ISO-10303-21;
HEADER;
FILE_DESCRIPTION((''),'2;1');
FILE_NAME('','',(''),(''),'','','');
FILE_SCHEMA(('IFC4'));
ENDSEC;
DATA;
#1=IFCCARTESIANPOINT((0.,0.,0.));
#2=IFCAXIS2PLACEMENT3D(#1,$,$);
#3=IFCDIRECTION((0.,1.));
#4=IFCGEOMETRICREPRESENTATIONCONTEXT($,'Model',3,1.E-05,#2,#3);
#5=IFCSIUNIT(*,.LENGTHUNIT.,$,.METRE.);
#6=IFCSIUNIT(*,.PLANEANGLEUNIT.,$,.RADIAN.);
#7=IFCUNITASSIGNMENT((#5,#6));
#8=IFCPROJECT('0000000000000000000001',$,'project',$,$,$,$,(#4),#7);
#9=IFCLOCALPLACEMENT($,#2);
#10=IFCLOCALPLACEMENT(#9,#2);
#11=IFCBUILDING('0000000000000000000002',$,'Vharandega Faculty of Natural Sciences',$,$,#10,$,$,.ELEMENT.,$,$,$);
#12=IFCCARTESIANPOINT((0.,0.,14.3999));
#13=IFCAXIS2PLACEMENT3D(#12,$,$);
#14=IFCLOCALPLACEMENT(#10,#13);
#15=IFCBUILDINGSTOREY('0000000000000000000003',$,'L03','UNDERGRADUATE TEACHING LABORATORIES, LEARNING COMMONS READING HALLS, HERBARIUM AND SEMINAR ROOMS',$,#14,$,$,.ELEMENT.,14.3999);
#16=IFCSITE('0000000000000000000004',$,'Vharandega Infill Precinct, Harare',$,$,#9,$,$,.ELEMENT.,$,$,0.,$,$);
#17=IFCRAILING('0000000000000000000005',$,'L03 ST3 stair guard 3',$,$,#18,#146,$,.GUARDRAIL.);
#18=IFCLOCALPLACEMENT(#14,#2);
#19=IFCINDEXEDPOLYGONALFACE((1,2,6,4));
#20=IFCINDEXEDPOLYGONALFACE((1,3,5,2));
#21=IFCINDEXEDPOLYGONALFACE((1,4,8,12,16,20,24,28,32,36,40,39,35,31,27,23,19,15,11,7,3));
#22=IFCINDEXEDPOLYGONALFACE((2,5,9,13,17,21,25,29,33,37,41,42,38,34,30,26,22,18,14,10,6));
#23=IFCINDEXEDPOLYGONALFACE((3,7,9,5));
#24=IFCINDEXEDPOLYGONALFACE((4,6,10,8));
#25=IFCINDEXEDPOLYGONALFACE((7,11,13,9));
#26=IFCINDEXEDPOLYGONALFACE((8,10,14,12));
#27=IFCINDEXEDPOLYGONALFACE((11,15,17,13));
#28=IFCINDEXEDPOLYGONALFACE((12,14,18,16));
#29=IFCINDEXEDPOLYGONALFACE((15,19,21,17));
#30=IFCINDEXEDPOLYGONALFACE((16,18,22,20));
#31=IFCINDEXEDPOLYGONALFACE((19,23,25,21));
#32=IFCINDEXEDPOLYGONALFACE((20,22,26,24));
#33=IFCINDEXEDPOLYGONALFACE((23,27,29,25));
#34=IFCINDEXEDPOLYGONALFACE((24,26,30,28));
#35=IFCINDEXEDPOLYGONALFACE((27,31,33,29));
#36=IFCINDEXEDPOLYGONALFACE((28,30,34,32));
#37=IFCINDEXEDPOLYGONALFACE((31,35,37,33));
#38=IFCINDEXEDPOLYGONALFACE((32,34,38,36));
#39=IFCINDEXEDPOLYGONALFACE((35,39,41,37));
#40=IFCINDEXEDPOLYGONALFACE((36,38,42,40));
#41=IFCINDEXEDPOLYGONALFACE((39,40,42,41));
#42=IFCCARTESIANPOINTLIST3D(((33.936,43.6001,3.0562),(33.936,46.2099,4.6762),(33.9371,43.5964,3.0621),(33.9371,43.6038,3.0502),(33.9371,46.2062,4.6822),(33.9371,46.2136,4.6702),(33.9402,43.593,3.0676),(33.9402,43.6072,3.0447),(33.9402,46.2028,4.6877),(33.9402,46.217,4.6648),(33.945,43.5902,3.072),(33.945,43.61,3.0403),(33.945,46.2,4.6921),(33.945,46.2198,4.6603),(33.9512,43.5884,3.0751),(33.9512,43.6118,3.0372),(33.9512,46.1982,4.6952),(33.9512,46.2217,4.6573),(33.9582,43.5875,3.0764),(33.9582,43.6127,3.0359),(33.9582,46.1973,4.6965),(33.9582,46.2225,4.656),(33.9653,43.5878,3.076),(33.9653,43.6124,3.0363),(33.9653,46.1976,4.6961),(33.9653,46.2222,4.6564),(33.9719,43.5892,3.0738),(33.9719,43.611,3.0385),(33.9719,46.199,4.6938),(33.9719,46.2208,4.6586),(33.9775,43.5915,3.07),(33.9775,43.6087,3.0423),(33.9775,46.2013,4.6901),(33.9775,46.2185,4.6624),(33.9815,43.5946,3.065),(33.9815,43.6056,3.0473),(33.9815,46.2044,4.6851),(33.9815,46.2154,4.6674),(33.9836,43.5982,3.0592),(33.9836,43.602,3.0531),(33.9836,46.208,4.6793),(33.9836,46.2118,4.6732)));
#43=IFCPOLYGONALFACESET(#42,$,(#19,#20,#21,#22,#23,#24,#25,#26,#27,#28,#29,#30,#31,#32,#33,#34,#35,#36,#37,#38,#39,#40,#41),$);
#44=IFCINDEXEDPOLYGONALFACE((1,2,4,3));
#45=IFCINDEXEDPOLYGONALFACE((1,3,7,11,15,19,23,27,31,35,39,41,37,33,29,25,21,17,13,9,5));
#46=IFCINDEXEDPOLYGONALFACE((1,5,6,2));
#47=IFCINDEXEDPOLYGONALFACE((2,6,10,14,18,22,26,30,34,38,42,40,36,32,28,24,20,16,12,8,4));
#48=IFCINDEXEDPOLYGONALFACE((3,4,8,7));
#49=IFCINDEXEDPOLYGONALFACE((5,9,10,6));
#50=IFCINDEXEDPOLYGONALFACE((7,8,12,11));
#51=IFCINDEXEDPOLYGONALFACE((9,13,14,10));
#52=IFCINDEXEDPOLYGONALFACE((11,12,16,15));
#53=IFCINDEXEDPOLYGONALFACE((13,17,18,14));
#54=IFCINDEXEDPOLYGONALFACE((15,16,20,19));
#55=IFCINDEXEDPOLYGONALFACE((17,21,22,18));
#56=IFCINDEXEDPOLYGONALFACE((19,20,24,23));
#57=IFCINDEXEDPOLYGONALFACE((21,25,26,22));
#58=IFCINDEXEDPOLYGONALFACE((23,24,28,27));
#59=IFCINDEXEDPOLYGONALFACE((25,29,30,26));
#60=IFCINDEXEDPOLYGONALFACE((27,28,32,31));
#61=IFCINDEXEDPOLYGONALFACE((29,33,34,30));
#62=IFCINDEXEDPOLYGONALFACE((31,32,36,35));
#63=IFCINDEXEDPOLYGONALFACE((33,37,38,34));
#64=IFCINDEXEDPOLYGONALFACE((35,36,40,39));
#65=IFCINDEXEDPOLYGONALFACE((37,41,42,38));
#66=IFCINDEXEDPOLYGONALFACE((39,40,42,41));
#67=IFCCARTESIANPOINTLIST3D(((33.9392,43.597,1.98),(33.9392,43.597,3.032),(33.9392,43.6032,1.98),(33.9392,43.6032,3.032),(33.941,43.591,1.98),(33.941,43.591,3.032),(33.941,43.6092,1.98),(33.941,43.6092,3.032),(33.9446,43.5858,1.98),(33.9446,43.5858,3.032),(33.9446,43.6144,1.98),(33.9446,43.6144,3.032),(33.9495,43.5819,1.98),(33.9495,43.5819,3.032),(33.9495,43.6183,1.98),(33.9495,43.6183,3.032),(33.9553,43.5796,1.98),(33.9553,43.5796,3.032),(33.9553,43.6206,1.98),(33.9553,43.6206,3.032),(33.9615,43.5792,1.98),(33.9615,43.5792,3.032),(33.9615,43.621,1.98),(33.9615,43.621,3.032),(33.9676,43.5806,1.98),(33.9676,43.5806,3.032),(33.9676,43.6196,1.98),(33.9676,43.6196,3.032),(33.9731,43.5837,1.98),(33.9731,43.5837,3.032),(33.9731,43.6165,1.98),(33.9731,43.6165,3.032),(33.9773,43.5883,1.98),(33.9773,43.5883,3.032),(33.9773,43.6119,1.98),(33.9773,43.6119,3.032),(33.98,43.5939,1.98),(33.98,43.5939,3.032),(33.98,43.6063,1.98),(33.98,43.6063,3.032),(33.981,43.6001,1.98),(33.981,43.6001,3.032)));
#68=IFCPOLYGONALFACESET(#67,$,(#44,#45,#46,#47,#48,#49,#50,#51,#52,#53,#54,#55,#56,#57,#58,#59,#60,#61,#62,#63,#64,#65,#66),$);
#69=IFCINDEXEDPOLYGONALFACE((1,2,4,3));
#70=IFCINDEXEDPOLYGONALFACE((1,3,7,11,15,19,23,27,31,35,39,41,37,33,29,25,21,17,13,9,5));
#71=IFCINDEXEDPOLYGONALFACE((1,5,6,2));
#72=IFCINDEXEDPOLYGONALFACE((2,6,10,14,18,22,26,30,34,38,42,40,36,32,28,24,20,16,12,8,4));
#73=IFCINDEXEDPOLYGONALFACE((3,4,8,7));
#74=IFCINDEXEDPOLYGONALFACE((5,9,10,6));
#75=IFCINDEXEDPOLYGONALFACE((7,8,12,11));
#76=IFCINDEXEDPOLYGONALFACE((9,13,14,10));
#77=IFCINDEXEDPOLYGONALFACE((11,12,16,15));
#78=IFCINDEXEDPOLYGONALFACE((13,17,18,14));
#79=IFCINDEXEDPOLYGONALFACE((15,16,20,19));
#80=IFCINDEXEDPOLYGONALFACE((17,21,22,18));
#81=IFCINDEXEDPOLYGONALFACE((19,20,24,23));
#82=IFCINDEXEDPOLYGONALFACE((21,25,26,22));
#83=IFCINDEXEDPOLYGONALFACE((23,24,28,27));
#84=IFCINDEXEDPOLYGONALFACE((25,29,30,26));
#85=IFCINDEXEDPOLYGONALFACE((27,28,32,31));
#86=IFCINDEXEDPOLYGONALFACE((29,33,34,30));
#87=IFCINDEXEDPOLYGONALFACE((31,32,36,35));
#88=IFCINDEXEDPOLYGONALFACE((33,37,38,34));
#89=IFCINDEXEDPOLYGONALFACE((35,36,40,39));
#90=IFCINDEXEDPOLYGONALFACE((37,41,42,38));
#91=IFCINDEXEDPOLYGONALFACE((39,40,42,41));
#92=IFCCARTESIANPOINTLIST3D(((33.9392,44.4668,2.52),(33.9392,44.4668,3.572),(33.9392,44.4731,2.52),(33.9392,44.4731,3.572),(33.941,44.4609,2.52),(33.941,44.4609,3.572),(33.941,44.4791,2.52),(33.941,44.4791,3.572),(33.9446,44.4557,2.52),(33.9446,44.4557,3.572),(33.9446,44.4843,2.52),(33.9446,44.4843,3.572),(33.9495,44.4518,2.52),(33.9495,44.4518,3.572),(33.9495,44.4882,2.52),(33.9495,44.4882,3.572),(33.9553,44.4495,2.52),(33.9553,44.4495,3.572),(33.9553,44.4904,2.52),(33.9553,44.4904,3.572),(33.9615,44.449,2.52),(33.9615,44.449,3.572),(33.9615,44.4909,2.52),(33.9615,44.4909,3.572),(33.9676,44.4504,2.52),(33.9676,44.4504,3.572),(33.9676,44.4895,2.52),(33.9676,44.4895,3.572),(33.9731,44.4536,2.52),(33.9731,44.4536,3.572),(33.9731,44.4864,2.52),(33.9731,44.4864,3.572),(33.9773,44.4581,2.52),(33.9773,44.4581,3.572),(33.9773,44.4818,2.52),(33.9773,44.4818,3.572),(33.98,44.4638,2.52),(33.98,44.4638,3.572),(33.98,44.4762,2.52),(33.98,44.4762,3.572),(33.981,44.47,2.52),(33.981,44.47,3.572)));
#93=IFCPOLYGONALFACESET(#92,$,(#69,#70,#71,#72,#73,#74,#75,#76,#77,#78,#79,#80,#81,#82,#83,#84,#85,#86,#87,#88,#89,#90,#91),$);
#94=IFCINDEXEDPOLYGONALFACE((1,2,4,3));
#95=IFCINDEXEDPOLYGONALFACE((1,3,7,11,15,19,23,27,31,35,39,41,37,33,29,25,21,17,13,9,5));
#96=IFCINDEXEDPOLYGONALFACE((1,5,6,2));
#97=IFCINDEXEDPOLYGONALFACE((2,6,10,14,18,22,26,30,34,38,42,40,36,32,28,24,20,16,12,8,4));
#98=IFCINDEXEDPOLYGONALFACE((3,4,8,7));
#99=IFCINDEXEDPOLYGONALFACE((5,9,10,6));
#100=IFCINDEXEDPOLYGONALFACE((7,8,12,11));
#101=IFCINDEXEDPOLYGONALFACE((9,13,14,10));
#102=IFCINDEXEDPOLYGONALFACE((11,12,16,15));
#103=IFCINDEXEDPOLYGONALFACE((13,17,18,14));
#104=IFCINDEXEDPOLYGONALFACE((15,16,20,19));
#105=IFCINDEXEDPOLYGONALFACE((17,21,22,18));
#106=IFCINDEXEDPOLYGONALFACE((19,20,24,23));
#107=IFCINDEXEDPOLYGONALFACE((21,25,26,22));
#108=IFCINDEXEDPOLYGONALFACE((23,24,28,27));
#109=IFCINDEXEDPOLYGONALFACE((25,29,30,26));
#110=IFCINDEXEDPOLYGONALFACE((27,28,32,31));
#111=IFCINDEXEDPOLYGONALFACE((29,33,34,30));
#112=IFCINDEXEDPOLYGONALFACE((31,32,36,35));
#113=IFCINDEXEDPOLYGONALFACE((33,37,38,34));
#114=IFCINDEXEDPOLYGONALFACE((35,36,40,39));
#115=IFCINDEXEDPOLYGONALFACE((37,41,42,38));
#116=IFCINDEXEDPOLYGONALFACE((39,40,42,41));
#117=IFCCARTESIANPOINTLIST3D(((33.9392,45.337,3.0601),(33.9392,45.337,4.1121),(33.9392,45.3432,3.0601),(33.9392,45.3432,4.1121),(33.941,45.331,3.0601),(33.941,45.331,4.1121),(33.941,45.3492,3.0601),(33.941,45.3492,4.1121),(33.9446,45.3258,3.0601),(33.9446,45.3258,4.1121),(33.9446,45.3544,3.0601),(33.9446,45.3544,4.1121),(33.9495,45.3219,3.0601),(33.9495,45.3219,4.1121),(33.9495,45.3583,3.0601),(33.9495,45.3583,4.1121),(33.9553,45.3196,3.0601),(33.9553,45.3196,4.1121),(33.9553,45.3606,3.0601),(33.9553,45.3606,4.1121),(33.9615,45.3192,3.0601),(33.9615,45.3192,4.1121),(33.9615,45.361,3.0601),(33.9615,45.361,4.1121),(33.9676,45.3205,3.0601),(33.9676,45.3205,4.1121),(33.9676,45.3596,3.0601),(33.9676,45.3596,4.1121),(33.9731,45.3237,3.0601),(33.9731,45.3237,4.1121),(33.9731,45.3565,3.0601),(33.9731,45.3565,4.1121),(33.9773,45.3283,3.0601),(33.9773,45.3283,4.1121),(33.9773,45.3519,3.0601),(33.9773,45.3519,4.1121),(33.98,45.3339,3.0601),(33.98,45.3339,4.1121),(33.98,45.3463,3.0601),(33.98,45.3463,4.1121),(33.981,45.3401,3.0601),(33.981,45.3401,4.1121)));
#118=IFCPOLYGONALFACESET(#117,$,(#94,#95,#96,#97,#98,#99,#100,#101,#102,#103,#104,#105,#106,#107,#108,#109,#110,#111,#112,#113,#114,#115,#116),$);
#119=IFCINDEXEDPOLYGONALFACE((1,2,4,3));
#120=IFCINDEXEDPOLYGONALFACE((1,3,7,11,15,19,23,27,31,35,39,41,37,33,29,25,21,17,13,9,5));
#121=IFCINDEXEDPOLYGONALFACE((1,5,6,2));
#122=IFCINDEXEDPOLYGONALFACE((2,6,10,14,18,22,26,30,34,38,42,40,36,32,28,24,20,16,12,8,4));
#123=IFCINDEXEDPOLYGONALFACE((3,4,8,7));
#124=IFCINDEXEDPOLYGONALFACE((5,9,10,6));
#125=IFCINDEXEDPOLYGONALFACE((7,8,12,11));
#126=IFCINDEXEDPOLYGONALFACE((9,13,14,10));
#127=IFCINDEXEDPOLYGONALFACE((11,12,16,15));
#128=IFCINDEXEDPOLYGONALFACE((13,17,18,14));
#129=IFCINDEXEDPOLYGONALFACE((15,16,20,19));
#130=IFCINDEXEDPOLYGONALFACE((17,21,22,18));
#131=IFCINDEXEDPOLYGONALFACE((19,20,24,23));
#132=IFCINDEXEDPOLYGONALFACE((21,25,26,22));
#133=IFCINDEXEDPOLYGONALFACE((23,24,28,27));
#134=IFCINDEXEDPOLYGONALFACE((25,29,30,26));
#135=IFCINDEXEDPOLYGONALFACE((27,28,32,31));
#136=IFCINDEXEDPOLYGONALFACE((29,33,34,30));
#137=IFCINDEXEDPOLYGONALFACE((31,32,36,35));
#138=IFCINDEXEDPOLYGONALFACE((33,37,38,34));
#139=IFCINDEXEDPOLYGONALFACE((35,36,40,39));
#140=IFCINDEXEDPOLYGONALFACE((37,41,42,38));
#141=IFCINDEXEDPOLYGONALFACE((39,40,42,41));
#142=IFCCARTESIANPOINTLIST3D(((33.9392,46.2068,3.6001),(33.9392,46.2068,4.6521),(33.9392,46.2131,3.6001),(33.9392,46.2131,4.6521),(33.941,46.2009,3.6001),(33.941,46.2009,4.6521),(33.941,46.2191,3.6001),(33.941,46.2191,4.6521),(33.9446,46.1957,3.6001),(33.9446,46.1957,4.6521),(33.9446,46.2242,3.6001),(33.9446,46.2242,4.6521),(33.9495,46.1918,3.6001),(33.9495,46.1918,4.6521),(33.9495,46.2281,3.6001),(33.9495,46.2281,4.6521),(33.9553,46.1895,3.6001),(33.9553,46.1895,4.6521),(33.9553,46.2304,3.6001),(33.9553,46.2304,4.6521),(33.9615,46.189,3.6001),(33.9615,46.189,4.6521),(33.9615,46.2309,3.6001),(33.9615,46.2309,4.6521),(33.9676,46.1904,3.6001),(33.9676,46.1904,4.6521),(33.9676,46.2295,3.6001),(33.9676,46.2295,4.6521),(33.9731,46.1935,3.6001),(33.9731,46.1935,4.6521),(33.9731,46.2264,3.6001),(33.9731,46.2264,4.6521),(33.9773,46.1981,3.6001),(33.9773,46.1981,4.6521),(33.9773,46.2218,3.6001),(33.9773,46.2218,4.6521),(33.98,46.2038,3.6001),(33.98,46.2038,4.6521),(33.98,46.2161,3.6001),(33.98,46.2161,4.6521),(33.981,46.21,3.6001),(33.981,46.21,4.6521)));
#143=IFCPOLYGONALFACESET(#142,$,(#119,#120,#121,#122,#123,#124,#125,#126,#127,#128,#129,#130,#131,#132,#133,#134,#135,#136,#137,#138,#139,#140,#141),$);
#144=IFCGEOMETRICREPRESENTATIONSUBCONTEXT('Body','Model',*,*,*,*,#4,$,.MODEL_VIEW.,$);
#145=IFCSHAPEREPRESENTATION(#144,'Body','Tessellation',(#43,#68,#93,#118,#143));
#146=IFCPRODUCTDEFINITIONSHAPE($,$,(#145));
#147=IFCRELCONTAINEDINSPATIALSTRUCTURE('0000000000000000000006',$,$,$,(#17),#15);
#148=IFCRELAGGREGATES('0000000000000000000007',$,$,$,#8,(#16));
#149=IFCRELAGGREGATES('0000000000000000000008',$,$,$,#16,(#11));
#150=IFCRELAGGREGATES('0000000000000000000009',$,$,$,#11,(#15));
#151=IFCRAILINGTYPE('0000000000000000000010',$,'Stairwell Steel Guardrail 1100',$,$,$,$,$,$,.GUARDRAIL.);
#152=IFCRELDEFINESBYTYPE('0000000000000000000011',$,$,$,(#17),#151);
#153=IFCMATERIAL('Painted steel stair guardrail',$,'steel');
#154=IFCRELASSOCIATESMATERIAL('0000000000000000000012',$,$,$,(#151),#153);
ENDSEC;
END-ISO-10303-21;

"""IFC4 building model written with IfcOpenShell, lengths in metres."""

from ifc_helpers import new_model, si_unit, direction, frame, origin, origin_2d, place, context, subcontext, project, spatial, circle, extrude, material, type_object, element, save


model = new_model("IFC4")

# Units and contexts
model_context = context("Model", 3, precision=1e-05, world=origin(), true_north=direction((0.0, 1.0)))
body_context = subcontext(model_context, "Body", "Model", "MODEL_VIEW")
ifc_project = project(units=[si_unit("LENGTHUNIT", "METRE"), si_unit("PLANEANGLEUNIT", "RADIAN")], contexts=[model_context])

# Site, building, storey
site_placement = place(None, origin())
site = spatial("IfcSite", under=ifc_project, at=site_placement, Name="Vharandega Infill Precinct, Harare", CompositionType="ELEMENT", RefElevation=0.0)
building_placement = place(site_placement, origin())
building = spatial("IfcBuilding", under=site, at=building_placement, Name="Vharandega Faculty of Natural Sciences", CompositionType="ELEMENT")
storey_placement = place(building_placement, frame((0.0, 0.0, 14.3999)))
storey = spatial("IfcBuildingStorey", under=building, at=storey_placement, Name="L03", Description="UNDERGRADUATE TEACHING LABORATORIES, LEARNING COMMONS READING HALLS, HERBARIUM AND SEMINAR ROOMS", CompositionType="ELEMENT", Elevation=14.3999)

# Railing
ifc_material_1 = material(Name="Painted steel stair guardrail", Category="steel")
railing_type_1 = type_object("IfcRailingType", Name="Stairwell Steel Guardrail 1100", PredefinedType="GUARDRAIL", material=ifc_material_1)
railing_1_placement = place(storey_placement, frame((33.96, 43.6001, 1.98)))
element("IfcRailing", 1, at=railing_1_placement, inside=storey, type_object=railing_type_1, Name="L03 ST3 stair guard 3", PredefinedType="GUARDRAIL", context=body_context, shape_type="SweptSolid", body=[
    extrude(circle(Radius=0.0239, at=origin_2d()), frame((0.0, 0.0, 1.0762), z_axis=(0.0, 0.849611, 0.52741), x_axis=(-1.0, 0.0, 0.0)), (0.0, 0.0, 1.0), 3.0718),
    extrude(circle(Radius=0.021, at=origin_2d()), origin(), (0.0, 0.0, 1.0), 1.052),
    extrude(circle(Radius=0.021, at=origin_2d()), frame((0.0, 0.8699, 0.54)), (0.0, 0.0, 1.0), 1.052),
    extrude(circle(Radius=0.021, at=origin_2d()), frame((0.0, 1.74, 1.0801)), (0.0, 0.0, 1.0), 1.052),
    extrude(circle(Radius=0.021, at=origin_2d()), frame((0.0, 2.6099, 1.6201)), (0.0, 0.0, 1.0), 1.052),
])

save(model, "model.ifc")
